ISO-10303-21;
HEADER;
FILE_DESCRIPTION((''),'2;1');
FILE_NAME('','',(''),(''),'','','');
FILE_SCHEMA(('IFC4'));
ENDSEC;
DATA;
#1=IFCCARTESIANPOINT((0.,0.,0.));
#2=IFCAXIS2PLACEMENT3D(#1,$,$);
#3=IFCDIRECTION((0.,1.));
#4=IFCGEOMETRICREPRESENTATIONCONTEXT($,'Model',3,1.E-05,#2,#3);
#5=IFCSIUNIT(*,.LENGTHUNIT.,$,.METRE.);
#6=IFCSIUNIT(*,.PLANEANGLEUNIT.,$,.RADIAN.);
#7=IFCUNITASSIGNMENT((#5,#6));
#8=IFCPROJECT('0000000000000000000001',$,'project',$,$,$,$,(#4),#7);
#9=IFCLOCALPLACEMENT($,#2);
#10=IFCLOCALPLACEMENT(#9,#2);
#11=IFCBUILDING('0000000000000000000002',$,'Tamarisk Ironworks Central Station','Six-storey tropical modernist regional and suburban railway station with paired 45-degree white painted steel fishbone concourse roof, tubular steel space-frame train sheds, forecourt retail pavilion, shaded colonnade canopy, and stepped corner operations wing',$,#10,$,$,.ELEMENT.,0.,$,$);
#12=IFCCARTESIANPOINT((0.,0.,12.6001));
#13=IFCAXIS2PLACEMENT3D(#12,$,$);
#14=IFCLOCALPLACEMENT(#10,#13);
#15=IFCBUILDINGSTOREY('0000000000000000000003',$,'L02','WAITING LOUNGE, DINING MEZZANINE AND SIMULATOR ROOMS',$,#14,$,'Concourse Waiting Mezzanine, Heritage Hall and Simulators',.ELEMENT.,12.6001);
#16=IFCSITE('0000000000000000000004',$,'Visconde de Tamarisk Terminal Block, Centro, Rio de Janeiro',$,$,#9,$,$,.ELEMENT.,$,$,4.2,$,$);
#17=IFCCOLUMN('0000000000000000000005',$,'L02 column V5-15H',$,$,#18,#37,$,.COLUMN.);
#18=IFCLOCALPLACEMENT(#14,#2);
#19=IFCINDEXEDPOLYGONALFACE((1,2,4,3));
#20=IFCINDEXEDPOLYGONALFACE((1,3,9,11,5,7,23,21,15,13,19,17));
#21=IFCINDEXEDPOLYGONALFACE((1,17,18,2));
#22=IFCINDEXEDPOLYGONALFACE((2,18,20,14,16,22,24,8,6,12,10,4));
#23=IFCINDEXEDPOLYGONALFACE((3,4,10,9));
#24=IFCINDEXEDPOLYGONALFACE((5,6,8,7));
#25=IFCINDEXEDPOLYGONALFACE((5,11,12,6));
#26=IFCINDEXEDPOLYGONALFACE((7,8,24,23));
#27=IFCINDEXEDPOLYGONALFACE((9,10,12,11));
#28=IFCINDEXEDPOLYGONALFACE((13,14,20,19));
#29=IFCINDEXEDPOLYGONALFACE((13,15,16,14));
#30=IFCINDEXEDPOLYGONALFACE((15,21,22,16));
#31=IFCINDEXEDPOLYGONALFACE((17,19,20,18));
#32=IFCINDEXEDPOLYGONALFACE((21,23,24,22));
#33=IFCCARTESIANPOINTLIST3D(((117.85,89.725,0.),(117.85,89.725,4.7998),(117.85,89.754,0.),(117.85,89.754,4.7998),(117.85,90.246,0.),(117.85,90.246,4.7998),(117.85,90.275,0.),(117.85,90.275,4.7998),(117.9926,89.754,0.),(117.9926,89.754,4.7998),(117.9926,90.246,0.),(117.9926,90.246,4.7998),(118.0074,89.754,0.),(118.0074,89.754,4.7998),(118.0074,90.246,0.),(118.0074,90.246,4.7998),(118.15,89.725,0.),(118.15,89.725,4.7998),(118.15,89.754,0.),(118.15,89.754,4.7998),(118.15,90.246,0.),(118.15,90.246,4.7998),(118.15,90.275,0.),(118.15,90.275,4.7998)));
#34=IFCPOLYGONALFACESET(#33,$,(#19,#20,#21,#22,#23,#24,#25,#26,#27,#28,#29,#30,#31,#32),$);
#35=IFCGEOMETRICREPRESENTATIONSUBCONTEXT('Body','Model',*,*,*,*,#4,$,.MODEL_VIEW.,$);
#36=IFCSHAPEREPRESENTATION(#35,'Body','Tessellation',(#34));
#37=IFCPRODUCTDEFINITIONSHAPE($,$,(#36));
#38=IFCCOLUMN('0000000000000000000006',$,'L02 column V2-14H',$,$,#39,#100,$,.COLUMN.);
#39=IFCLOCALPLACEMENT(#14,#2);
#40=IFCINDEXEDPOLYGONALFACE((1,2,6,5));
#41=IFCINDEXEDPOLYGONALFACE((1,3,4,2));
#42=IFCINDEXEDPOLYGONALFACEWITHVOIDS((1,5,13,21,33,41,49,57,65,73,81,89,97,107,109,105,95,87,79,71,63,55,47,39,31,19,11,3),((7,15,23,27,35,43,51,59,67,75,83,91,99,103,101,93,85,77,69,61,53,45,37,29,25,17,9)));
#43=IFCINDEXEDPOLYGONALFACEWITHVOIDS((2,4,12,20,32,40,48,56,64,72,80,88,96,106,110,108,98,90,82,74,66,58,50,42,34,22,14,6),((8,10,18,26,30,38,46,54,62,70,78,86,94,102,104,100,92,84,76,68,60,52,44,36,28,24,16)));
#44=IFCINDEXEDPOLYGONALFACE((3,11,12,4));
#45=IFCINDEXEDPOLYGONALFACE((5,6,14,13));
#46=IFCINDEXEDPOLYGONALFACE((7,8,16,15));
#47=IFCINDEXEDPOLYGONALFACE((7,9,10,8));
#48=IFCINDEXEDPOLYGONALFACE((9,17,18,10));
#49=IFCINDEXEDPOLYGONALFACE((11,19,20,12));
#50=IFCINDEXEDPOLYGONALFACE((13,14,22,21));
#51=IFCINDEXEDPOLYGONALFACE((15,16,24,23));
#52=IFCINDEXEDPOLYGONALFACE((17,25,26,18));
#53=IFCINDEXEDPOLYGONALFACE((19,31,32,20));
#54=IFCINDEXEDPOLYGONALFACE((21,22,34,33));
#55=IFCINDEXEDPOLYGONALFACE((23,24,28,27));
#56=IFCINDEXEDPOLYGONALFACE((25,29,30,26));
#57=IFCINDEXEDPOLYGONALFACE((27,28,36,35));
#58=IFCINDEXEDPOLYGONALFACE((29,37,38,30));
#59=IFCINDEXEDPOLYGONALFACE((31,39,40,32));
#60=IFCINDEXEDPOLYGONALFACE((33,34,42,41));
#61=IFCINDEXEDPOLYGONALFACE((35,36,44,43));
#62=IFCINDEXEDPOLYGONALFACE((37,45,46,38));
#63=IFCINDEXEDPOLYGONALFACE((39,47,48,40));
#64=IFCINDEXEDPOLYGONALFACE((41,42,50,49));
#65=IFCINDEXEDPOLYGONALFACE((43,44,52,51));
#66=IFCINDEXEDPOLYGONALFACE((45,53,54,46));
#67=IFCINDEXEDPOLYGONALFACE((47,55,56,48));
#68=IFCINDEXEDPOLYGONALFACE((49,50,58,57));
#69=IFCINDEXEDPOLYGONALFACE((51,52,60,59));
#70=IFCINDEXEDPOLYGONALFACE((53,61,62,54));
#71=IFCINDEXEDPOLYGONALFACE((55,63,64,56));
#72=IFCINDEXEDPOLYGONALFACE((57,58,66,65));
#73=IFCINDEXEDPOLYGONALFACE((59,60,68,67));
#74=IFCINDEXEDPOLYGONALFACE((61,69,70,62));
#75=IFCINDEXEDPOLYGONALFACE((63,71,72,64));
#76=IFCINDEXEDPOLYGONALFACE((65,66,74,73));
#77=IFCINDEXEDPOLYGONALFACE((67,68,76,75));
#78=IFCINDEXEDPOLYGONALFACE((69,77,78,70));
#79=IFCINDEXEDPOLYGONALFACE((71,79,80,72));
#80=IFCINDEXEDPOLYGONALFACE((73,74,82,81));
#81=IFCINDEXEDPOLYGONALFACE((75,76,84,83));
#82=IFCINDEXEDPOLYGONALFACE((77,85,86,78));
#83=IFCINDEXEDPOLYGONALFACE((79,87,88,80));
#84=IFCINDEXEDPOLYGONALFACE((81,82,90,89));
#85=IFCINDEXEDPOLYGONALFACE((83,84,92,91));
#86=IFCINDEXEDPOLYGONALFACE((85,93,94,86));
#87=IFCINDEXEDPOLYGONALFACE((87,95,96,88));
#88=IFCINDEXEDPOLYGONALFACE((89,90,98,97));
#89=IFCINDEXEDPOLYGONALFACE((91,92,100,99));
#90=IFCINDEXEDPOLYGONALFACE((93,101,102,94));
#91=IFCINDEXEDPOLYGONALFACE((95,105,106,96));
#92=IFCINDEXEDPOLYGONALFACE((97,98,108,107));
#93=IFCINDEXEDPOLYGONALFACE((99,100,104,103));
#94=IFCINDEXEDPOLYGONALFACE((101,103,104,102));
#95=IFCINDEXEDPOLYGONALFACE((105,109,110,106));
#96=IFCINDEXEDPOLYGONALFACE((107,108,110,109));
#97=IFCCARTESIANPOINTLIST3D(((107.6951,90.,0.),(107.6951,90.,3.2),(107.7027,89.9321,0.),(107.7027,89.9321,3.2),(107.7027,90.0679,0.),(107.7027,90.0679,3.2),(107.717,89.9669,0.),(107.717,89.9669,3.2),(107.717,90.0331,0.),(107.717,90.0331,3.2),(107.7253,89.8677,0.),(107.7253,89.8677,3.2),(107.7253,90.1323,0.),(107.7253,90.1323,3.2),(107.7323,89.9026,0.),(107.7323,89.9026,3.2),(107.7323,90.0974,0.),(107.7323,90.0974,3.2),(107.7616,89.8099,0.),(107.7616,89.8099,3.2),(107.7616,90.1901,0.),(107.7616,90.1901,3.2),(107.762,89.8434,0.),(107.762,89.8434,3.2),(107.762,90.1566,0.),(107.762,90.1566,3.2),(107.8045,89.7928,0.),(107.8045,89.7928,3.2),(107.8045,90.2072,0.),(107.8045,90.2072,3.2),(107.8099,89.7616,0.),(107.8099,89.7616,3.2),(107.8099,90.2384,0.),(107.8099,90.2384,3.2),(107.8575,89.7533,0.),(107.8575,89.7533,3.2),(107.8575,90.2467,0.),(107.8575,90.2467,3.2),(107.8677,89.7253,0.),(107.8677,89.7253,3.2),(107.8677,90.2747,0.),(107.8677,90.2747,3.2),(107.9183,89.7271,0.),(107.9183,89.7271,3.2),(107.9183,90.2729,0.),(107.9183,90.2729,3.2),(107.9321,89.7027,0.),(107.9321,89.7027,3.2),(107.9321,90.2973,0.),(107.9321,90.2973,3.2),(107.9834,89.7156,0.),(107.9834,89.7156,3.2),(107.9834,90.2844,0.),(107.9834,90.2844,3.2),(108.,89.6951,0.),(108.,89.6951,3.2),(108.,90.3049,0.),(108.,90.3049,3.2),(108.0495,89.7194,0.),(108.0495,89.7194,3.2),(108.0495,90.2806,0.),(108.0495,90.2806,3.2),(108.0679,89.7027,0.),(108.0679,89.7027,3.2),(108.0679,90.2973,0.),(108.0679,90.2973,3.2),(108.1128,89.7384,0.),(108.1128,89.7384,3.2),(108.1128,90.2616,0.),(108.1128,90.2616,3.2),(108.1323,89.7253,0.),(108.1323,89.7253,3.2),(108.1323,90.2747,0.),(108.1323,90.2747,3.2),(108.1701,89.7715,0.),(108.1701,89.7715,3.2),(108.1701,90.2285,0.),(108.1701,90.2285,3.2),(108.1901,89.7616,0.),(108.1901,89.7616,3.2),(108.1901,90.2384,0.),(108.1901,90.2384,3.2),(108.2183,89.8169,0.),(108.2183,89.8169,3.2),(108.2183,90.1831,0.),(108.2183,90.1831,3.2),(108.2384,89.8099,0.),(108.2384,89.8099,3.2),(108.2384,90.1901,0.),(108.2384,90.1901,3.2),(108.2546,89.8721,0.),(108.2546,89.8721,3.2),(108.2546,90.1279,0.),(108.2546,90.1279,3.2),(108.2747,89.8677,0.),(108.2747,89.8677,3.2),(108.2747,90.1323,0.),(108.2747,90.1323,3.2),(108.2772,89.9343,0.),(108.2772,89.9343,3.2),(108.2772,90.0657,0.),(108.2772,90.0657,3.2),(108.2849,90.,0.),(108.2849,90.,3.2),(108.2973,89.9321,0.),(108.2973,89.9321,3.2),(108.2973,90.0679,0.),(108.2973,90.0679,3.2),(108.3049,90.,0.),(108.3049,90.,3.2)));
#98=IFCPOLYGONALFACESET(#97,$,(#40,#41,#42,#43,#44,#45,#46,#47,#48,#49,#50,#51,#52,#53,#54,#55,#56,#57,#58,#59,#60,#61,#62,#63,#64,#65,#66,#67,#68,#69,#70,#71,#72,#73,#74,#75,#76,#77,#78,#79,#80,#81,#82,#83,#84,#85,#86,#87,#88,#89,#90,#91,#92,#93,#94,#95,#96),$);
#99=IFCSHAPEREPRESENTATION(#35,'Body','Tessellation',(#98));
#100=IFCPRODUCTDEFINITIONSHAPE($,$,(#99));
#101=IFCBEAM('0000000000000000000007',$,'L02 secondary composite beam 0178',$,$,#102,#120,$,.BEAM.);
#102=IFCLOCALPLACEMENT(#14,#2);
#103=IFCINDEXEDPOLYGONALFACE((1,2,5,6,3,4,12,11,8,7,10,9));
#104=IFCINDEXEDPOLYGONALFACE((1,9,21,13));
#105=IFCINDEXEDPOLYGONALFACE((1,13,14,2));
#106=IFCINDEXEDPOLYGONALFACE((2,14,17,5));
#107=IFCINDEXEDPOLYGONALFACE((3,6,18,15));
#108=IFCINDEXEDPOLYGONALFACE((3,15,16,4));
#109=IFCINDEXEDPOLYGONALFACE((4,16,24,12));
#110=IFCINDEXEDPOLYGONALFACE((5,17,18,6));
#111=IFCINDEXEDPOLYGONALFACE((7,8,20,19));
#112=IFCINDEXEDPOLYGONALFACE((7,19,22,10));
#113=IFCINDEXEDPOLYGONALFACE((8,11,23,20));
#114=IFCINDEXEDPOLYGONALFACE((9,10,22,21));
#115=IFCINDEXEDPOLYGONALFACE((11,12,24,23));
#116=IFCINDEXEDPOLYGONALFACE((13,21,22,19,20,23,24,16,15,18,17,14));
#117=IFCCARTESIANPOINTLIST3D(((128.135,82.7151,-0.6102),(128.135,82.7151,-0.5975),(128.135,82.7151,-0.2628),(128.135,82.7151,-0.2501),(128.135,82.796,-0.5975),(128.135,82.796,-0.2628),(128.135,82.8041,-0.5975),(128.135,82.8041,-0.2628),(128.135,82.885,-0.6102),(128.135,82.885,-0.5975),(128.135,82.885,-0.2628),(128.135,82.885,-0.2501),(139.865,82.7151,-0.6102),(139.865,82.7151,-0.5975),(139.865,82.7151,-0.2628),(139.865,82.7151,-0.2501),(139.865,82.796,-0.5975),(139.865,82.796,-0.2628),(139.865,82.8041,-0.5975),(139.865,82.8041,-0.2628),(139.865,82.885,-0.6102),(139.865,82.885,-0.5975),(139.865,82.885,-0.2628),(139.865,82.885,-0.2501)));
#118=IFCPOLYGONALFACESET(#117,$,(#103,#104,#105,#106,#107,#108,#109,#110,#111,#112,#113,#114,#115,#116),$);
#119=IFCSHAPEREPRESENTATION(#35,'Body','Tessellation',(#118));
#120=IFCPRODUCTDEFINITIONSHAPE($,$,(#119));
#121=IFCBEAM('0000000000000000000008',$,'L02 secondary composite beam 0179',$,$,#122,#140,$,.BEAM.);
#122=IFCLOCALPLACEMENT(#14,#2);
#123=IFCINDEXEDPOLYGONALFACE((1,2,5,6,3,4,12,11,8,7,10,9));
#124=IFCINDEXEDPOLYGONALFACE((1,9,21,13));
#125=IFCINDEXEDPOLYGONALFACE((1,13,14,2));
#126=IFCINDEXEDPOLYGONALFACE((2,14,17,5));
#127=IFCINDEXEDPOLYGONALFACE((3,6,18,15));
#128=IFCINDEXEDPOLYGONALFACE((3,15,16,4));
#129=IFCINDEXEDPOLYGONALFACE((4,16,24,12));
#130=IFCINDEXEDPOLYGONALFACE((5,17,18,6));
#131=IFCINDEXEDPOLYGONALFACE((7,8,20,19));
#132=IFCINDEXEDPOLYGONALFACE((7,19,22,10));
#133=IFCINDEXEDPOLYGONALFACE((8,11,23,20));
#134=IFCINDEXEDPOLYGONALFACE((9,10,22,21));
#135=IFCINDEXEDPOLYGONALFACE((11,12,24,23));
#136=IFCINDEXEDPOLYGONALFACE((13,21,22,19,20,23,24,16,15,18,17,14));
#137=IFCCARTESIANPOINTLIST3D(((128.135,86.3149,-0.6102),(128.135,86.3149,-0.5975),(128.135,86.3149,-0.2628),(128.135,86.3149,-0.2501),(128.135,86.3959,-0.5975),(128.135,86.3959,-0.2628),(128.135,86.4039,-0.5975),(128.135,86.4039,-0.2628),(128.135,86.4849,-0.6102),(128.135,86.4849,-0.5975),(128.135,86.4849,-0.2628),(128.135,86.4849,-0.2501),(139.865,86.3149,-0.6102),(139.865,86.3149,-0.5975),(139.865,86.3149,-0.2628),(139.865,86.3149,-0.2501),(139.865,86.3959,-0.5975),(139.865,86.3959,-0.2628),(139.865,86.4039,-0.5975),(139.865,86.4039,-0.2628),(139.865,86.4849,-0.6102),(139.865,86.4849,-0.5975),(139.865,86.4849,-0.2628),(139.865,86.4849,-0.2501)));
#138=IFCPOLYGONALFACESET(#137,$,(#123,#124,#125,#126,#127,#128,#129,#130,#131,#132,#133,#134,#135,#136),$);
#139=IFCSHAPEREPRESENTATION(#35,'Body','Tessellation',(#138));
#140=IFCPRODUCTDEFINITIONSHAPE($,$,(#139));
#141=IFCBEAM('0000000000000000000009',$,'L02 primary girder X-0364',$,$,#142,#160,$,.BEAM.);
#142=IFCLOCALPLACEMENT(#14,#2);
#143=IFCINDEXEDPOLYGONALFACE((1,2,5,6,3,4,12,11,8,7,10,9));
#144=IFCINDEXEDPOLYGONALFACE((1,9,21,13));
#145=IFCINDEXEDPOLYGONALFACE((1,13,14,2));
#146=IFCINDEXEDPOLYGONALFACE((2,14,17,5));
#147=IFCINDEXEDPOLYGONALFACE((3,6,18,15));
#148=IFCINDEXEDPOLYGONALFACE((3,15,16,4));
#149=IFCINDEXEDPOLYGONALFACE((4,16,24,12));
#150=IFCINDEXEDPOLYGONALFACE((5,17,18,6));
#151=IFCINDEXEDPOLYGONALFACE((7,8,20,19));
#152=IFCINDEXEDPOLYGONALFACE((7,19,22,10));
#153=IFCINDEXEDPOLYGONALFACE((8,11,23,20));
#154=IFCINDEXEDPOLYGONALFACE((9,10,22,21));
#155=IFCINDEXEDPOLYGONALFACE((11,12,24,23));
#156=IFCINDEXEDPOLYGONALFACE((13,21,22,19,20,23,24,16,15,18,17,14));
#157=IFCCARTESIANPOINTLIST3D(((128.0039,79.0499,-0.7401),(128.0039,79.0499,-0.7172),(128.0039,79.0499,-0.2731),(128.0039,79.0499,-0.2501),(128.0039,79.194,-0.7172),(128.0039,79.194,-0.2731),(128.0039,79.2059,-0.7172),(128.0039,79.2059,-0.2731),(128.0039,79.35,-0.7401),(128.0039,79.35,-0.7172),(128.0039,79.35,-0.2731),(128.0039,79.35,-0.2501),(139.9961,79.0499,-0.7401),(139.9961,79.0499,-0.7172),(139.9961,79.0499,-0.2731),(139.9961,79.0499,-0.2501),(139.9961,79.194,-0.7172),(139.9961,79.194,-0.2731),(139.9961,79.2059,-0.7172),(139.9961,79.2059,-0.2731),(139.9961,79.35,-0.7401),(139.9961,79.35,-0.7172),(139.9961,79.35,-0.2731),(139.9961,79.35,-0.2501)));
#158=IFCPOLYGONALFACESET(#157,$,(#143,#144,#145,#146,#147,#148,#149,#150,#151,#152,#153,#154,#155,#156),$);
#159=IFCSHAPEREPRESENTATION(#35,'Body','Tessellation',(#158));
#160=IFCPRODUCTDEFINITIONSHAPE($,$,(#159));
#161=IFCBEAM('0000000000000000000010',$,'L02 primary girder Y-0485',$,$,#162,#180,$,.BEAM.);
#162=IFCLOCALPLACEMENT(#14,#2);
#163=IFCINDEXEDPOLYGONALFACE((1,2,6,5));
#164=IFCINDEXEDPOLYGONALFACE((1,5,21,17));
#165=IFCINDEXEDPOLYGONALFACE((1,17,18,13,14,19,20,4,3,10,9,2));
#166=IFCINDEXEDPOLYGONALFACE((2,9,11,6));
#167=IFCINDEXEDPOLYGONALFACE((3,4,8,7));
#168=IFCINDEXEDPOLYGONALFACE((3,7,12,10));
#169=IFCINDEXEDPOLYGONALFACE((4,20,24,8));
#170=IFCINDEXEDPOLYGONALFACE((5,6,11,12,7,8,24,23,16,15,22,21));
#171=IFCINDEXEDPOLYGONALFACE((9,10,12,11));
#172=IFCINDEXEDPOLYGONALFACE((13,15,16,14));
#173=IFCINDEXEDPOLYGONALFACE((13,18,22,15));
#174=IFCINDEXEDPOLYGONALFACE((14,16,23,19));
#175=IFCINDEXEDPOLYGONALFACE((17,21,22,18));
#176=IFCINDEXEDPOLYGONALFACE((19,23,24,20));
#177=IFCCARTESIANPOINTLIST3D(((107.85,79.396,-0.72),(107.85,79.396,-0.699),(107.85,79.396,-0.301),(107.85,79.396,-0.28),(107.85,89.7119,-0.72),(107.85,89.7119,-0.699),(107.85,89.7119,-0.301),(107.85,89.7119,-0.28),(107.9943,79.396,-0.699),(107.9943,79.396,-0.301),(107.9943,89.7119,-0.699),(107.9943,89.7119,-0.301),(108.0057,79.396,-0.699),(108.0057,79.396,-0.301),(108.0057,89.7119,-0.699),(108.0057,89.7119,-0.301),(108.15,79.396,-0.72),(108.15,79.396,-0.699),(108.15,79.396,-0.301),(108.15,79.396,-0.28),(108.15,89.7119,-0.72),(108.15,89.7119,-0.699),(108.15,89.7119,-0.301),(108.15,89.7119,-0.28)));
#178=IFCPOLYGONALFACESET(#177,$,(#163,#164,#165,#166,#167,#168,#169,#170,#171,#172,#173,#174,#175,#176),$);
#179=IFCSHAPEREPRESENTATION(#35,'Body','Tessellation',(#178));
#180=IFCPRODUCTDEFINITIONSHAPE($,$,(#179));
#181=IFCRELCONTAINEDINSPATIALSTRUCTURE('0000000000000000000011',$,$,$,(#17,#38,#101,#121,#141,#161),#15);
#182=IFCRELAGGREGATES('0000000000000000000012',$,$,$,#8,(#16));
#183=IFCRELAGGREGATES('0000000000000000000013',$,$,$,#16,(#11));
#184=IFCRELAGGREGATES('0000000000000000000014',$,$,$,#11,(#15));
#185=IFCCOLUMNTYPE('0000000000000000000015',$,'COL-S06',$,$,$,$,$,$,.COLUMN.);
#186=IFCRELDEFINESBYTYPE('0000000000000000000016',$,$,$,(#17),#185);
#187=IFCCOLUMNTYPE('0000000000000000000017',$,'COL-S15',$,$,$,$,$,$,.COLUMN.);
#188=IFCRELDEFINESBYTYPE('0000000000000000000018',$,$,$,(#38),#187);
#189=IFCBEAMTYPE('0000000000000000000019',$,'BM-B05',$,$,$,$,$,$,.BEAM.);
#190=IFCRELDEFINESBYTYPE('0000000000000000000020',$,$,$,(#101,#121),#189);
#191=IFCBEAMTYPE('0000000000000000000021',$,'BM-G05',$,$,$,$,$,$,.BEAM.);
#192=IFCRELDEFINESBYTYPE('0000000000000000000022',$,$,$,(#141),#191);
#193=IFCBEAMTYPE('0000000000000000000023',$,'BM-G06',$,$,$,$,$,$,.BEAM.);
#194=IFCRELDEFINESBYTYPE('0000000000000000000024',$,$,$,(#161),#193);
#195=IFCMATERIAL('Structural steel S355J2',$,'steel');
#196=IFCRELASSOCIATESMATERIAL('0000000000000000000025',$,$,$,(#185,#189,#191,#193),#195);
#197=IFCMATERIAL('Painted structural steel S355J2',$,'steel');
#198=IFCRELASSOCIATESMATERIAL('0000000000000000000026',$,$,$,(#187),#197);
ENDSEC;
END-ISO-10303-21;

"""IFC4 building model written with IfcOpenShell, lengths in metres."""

from ifc_helpers import new_model, si_unit, direction, frame, origin, origin_2d, place, context, subcontext, project, spatial, hollow_circle, i_section, extrude, material, material_profile, profile_set, type_object, element, save


model = new_model("IFC4")

# Units and contexts
model_context = context("Model", 3, precision=1e-05, world=origin(), true_north=direction((0.0, 1.0)))
body_context = subcontext(model_context, "Body", "Model", "MODEL_VIEW")
ifc_project = project(units=[si_unit("LENGTHUNIT", "METRE"), si_unit("PLANEANGLEUNIT", "RADIAN")], contexts=[model_context])

# Site, building, storey
site_placement = place(None, origin())
site = spatial("IfcSite", under=ifc_project, at=site_placement, Name="Visconde de Tamarisk Terminal Block, Centro, Rio de Janeiro", CompositionType="ELEMENT", RefElevation=4.2)
building_placement = place(site_placement, origin())
building = spatial("IfcBuilding", under=site, at=building_placement, Name="Tamarisk Ironworks Central Station", Description="Six-storey tropical modernist regional and suburban railway station with paired 45-degree white painted steel fishbone concourse roof, tubular steel space-frame train sheds, forecourt retail pavilion, shaded colonnade canopy, and stepped corner operations wing", CompositionType="ELEMENT", ElevationOfRefHeight=0.0)
storey_placement = place(building_placement, frame((0.0, 0.0, 12.6001)))
storey = spatial("IfcBuildingStorey", under=building, at=storey_placement, Name="L02", Description="WAITING LOUNGE, DINING MEZZANINE AND SIMULATOR ROOMS", LongName="Concourse Waiting Mezzanine, Heritage Hall and Simulators", CompositionType="ELEMENT", Elevation=12.6001)

# Columns
ifc_material_1 = material(Name="Structural steel S355J2", Category="steel")
ifc_material_profile_1 = material_profile(ifc_material_1, i_section(OverallWidth=0.3, OverallDepth=0.55, WebThickness=0.0149, FlangeThickness=0.0291, at=origin_2d()), Name="HEB 550")
ifc_profile_set_1 = profile_set([ifc_material_profile_1], Name="Structural steel S355J2")
column_type_1 = type_object("IfcColumnType", Name="COL-S06", PredefinedType="COLUMN", material=ifc_profile_set_1)
column_1_placement = place(storey_placement, frame((118.0, 90.0, 0.0), z_axis=(0.0, 0.0, 1.0), x_axis=(1.0, 0.0, 0.0)))
element("IfcColumn", 1, at=column_1_placement, inside=storey, type_object=column_type_1, Name="L02 column V5-15H", PredefinedType="COLUMN", context=body_context, shape_type="SweptSolid", body=[
    extrude(i_section(OverallWidth=0.3, OverallDepth=0.55, WebThickness=0.0149, FlangeThickness=0.0291, at=origin_2d()), origin(), (0.0, 0.0, 1.0), 4.7998),
])
ifc_material_2 = material(Name="Painted structural steel S355J2", Category="steel")
ifc_material_profile_2 = material_profile(ifc_material_2, hollow_circle(Radius=0.3049, WallThickness=0.02, at=origin_2d()), Name="CHS 610x20")
ifc_profile_set_2 = profile_set([ifc_material_profile_2], Name="Painted structural steel S355J2")
column_type_2 = type_object("IfcColumnType", Name="COL-S15", PredefinedType="COLUMN", material=ifc_profile_set_2)
column_2_placement = place(storey_placement, frame((108.0, 90.0, 0.0), z_axis=(0.0, 0.0, 1.0), x_axis=(1.0, 0.0, 0.0)))
element("IfcColumn", 2, at=column_2_placement, inside=storey, type_object=column_type_2, Name="L02 column V2-14H", PredefinedType="COLUMN", context=body_context, shape_type="SweptSolid", body=[
    extrude(hollow_circle(Radius=0.3049, WallThickness=0.02, at=origin_2d()), origin(), (0.0, 0.0, 1.0), 3.2),
])

# Beams
ifc_material_profile_3 = material_profile(ifc_material_1, i_section(OverallWidth=0.1699, OverallDepth=0.3601, WebThickness=0.0081, FlangeThickness=0.0127, at=origin_2d()), Name="IPE 360")
ifc_profile_set_3 = profile_set([ifc_material_profile_3], Name="Structural steel S355J2")
beam_type_1 = type_object("IfcBeamType", Name="BM-B05", PredefinedType="BEAM", material=ifc_profile_set_3)
for number, where, z_axis, x_axis, name in (
    (3, (128.135, 82.8, -0.4302), (1.0, 0.0, 0.0), (0.0, 1.0, 0.0), "L02 secondary composite beam 0178"),
    (4, (128.135, 86.3999, -0.4302), (1.0, 0.0, 0.0), (0.0, 1.0, 0.0), "L02 secondary composite beam 0179"),
):
    element("IfcBeam", number, at=place(storey_placement, frame(where, z_axis=z_axis, x_axis=x_axis)), inside=storey, type_object=beam_type_1, Name=name, PredefinedType="BEAM", context=body_context, shape_type="SweptSolid", body=[
        extrude(i_section(OverallWidth=0.1699, OverallDepth=0.3601, WebThickness=0.0081, FlangeThickness=0.0127, at=origin_2d()), origin(), (0.0, 0.0, 1.0), 11.73),
    ])
ifc_material_profile_4 = material_profile(ifc_material_1, i_section(OverallWidth=0.3, OverallDepth=0.49, WebThickness=0.012, FlangeThickness=0.0229, at=origin_2d()), Name="HEA 500")
ifc_profile_set_4 = profile_set([ifc_material_profile_4], Name="Structural steel S355J2")
beam_type_2 = type_object("IfcBeamType", Name="BM-G05", PredefinedType="BEAM", material=ifc_profile_set_4)
beam_1_placement = place(storey_placement, frame((128.0039, 79.2, -0.4951), z_axis=(1.0, 0.0, 0.0), x_axis=(0.0, 1.0, 0.0)))
element("IfcBeam", 5, at=beam_1_placement, inside=storey, type_object=beam_type_2, Name="L02 primary girder X-0364", PredefinedType="BEAM", context=body_context, shape_type="SweptSolid", body=[
    extrude(i_section(OverallWidth=0.3, OverallDepth=0.49, WebThickness=0.012, FlangeThickness=0.0229, at=origin_2d()), origin(), (0.0, 0.0, 1.0), 11.9922),
])
ifc_material_profile_5 = material_profile(ifc_material_1, i_section(OverallWidth=0.3, OverallDepth=0.4399, WebThickness=0.0115, FlangeThickness=0.021, at=origin_2d()), Name="HEA 450")
ifc_profile_set_5 = profile_set([ifc_material_profile_5], Name="Structural steel S355J2")
beam_type_3 = type_object("IfcBeamType", Name="BM-G06", PredefinedType="BEAM", material=ifc_profile_set_5)
beam_2_placement = place(storey_placement, frame((108.0, 79.396, -0.5), z_axis=(0.0, 1.0, 0.0), x_axis=(-1.0, 0.0, 0.0)))
element("IfcBeam", 6, at=beam_2_placement, inside=storey, type_object=beam_type_3, Name="L02 primary girder Y-0485", PredefinedType="BEAM", context=body_context, shape_type="SweptSolid", body=[
    extrude(i_section(OverallWidth=0.3, OverallDepth=0.4399, WebThickness=0.0115, FlangeThickness=0.021, at=origin_2d()), origin(), (0.0, 0.0, 1.0), 10.3159),
])

save(model, "model.ifc")
